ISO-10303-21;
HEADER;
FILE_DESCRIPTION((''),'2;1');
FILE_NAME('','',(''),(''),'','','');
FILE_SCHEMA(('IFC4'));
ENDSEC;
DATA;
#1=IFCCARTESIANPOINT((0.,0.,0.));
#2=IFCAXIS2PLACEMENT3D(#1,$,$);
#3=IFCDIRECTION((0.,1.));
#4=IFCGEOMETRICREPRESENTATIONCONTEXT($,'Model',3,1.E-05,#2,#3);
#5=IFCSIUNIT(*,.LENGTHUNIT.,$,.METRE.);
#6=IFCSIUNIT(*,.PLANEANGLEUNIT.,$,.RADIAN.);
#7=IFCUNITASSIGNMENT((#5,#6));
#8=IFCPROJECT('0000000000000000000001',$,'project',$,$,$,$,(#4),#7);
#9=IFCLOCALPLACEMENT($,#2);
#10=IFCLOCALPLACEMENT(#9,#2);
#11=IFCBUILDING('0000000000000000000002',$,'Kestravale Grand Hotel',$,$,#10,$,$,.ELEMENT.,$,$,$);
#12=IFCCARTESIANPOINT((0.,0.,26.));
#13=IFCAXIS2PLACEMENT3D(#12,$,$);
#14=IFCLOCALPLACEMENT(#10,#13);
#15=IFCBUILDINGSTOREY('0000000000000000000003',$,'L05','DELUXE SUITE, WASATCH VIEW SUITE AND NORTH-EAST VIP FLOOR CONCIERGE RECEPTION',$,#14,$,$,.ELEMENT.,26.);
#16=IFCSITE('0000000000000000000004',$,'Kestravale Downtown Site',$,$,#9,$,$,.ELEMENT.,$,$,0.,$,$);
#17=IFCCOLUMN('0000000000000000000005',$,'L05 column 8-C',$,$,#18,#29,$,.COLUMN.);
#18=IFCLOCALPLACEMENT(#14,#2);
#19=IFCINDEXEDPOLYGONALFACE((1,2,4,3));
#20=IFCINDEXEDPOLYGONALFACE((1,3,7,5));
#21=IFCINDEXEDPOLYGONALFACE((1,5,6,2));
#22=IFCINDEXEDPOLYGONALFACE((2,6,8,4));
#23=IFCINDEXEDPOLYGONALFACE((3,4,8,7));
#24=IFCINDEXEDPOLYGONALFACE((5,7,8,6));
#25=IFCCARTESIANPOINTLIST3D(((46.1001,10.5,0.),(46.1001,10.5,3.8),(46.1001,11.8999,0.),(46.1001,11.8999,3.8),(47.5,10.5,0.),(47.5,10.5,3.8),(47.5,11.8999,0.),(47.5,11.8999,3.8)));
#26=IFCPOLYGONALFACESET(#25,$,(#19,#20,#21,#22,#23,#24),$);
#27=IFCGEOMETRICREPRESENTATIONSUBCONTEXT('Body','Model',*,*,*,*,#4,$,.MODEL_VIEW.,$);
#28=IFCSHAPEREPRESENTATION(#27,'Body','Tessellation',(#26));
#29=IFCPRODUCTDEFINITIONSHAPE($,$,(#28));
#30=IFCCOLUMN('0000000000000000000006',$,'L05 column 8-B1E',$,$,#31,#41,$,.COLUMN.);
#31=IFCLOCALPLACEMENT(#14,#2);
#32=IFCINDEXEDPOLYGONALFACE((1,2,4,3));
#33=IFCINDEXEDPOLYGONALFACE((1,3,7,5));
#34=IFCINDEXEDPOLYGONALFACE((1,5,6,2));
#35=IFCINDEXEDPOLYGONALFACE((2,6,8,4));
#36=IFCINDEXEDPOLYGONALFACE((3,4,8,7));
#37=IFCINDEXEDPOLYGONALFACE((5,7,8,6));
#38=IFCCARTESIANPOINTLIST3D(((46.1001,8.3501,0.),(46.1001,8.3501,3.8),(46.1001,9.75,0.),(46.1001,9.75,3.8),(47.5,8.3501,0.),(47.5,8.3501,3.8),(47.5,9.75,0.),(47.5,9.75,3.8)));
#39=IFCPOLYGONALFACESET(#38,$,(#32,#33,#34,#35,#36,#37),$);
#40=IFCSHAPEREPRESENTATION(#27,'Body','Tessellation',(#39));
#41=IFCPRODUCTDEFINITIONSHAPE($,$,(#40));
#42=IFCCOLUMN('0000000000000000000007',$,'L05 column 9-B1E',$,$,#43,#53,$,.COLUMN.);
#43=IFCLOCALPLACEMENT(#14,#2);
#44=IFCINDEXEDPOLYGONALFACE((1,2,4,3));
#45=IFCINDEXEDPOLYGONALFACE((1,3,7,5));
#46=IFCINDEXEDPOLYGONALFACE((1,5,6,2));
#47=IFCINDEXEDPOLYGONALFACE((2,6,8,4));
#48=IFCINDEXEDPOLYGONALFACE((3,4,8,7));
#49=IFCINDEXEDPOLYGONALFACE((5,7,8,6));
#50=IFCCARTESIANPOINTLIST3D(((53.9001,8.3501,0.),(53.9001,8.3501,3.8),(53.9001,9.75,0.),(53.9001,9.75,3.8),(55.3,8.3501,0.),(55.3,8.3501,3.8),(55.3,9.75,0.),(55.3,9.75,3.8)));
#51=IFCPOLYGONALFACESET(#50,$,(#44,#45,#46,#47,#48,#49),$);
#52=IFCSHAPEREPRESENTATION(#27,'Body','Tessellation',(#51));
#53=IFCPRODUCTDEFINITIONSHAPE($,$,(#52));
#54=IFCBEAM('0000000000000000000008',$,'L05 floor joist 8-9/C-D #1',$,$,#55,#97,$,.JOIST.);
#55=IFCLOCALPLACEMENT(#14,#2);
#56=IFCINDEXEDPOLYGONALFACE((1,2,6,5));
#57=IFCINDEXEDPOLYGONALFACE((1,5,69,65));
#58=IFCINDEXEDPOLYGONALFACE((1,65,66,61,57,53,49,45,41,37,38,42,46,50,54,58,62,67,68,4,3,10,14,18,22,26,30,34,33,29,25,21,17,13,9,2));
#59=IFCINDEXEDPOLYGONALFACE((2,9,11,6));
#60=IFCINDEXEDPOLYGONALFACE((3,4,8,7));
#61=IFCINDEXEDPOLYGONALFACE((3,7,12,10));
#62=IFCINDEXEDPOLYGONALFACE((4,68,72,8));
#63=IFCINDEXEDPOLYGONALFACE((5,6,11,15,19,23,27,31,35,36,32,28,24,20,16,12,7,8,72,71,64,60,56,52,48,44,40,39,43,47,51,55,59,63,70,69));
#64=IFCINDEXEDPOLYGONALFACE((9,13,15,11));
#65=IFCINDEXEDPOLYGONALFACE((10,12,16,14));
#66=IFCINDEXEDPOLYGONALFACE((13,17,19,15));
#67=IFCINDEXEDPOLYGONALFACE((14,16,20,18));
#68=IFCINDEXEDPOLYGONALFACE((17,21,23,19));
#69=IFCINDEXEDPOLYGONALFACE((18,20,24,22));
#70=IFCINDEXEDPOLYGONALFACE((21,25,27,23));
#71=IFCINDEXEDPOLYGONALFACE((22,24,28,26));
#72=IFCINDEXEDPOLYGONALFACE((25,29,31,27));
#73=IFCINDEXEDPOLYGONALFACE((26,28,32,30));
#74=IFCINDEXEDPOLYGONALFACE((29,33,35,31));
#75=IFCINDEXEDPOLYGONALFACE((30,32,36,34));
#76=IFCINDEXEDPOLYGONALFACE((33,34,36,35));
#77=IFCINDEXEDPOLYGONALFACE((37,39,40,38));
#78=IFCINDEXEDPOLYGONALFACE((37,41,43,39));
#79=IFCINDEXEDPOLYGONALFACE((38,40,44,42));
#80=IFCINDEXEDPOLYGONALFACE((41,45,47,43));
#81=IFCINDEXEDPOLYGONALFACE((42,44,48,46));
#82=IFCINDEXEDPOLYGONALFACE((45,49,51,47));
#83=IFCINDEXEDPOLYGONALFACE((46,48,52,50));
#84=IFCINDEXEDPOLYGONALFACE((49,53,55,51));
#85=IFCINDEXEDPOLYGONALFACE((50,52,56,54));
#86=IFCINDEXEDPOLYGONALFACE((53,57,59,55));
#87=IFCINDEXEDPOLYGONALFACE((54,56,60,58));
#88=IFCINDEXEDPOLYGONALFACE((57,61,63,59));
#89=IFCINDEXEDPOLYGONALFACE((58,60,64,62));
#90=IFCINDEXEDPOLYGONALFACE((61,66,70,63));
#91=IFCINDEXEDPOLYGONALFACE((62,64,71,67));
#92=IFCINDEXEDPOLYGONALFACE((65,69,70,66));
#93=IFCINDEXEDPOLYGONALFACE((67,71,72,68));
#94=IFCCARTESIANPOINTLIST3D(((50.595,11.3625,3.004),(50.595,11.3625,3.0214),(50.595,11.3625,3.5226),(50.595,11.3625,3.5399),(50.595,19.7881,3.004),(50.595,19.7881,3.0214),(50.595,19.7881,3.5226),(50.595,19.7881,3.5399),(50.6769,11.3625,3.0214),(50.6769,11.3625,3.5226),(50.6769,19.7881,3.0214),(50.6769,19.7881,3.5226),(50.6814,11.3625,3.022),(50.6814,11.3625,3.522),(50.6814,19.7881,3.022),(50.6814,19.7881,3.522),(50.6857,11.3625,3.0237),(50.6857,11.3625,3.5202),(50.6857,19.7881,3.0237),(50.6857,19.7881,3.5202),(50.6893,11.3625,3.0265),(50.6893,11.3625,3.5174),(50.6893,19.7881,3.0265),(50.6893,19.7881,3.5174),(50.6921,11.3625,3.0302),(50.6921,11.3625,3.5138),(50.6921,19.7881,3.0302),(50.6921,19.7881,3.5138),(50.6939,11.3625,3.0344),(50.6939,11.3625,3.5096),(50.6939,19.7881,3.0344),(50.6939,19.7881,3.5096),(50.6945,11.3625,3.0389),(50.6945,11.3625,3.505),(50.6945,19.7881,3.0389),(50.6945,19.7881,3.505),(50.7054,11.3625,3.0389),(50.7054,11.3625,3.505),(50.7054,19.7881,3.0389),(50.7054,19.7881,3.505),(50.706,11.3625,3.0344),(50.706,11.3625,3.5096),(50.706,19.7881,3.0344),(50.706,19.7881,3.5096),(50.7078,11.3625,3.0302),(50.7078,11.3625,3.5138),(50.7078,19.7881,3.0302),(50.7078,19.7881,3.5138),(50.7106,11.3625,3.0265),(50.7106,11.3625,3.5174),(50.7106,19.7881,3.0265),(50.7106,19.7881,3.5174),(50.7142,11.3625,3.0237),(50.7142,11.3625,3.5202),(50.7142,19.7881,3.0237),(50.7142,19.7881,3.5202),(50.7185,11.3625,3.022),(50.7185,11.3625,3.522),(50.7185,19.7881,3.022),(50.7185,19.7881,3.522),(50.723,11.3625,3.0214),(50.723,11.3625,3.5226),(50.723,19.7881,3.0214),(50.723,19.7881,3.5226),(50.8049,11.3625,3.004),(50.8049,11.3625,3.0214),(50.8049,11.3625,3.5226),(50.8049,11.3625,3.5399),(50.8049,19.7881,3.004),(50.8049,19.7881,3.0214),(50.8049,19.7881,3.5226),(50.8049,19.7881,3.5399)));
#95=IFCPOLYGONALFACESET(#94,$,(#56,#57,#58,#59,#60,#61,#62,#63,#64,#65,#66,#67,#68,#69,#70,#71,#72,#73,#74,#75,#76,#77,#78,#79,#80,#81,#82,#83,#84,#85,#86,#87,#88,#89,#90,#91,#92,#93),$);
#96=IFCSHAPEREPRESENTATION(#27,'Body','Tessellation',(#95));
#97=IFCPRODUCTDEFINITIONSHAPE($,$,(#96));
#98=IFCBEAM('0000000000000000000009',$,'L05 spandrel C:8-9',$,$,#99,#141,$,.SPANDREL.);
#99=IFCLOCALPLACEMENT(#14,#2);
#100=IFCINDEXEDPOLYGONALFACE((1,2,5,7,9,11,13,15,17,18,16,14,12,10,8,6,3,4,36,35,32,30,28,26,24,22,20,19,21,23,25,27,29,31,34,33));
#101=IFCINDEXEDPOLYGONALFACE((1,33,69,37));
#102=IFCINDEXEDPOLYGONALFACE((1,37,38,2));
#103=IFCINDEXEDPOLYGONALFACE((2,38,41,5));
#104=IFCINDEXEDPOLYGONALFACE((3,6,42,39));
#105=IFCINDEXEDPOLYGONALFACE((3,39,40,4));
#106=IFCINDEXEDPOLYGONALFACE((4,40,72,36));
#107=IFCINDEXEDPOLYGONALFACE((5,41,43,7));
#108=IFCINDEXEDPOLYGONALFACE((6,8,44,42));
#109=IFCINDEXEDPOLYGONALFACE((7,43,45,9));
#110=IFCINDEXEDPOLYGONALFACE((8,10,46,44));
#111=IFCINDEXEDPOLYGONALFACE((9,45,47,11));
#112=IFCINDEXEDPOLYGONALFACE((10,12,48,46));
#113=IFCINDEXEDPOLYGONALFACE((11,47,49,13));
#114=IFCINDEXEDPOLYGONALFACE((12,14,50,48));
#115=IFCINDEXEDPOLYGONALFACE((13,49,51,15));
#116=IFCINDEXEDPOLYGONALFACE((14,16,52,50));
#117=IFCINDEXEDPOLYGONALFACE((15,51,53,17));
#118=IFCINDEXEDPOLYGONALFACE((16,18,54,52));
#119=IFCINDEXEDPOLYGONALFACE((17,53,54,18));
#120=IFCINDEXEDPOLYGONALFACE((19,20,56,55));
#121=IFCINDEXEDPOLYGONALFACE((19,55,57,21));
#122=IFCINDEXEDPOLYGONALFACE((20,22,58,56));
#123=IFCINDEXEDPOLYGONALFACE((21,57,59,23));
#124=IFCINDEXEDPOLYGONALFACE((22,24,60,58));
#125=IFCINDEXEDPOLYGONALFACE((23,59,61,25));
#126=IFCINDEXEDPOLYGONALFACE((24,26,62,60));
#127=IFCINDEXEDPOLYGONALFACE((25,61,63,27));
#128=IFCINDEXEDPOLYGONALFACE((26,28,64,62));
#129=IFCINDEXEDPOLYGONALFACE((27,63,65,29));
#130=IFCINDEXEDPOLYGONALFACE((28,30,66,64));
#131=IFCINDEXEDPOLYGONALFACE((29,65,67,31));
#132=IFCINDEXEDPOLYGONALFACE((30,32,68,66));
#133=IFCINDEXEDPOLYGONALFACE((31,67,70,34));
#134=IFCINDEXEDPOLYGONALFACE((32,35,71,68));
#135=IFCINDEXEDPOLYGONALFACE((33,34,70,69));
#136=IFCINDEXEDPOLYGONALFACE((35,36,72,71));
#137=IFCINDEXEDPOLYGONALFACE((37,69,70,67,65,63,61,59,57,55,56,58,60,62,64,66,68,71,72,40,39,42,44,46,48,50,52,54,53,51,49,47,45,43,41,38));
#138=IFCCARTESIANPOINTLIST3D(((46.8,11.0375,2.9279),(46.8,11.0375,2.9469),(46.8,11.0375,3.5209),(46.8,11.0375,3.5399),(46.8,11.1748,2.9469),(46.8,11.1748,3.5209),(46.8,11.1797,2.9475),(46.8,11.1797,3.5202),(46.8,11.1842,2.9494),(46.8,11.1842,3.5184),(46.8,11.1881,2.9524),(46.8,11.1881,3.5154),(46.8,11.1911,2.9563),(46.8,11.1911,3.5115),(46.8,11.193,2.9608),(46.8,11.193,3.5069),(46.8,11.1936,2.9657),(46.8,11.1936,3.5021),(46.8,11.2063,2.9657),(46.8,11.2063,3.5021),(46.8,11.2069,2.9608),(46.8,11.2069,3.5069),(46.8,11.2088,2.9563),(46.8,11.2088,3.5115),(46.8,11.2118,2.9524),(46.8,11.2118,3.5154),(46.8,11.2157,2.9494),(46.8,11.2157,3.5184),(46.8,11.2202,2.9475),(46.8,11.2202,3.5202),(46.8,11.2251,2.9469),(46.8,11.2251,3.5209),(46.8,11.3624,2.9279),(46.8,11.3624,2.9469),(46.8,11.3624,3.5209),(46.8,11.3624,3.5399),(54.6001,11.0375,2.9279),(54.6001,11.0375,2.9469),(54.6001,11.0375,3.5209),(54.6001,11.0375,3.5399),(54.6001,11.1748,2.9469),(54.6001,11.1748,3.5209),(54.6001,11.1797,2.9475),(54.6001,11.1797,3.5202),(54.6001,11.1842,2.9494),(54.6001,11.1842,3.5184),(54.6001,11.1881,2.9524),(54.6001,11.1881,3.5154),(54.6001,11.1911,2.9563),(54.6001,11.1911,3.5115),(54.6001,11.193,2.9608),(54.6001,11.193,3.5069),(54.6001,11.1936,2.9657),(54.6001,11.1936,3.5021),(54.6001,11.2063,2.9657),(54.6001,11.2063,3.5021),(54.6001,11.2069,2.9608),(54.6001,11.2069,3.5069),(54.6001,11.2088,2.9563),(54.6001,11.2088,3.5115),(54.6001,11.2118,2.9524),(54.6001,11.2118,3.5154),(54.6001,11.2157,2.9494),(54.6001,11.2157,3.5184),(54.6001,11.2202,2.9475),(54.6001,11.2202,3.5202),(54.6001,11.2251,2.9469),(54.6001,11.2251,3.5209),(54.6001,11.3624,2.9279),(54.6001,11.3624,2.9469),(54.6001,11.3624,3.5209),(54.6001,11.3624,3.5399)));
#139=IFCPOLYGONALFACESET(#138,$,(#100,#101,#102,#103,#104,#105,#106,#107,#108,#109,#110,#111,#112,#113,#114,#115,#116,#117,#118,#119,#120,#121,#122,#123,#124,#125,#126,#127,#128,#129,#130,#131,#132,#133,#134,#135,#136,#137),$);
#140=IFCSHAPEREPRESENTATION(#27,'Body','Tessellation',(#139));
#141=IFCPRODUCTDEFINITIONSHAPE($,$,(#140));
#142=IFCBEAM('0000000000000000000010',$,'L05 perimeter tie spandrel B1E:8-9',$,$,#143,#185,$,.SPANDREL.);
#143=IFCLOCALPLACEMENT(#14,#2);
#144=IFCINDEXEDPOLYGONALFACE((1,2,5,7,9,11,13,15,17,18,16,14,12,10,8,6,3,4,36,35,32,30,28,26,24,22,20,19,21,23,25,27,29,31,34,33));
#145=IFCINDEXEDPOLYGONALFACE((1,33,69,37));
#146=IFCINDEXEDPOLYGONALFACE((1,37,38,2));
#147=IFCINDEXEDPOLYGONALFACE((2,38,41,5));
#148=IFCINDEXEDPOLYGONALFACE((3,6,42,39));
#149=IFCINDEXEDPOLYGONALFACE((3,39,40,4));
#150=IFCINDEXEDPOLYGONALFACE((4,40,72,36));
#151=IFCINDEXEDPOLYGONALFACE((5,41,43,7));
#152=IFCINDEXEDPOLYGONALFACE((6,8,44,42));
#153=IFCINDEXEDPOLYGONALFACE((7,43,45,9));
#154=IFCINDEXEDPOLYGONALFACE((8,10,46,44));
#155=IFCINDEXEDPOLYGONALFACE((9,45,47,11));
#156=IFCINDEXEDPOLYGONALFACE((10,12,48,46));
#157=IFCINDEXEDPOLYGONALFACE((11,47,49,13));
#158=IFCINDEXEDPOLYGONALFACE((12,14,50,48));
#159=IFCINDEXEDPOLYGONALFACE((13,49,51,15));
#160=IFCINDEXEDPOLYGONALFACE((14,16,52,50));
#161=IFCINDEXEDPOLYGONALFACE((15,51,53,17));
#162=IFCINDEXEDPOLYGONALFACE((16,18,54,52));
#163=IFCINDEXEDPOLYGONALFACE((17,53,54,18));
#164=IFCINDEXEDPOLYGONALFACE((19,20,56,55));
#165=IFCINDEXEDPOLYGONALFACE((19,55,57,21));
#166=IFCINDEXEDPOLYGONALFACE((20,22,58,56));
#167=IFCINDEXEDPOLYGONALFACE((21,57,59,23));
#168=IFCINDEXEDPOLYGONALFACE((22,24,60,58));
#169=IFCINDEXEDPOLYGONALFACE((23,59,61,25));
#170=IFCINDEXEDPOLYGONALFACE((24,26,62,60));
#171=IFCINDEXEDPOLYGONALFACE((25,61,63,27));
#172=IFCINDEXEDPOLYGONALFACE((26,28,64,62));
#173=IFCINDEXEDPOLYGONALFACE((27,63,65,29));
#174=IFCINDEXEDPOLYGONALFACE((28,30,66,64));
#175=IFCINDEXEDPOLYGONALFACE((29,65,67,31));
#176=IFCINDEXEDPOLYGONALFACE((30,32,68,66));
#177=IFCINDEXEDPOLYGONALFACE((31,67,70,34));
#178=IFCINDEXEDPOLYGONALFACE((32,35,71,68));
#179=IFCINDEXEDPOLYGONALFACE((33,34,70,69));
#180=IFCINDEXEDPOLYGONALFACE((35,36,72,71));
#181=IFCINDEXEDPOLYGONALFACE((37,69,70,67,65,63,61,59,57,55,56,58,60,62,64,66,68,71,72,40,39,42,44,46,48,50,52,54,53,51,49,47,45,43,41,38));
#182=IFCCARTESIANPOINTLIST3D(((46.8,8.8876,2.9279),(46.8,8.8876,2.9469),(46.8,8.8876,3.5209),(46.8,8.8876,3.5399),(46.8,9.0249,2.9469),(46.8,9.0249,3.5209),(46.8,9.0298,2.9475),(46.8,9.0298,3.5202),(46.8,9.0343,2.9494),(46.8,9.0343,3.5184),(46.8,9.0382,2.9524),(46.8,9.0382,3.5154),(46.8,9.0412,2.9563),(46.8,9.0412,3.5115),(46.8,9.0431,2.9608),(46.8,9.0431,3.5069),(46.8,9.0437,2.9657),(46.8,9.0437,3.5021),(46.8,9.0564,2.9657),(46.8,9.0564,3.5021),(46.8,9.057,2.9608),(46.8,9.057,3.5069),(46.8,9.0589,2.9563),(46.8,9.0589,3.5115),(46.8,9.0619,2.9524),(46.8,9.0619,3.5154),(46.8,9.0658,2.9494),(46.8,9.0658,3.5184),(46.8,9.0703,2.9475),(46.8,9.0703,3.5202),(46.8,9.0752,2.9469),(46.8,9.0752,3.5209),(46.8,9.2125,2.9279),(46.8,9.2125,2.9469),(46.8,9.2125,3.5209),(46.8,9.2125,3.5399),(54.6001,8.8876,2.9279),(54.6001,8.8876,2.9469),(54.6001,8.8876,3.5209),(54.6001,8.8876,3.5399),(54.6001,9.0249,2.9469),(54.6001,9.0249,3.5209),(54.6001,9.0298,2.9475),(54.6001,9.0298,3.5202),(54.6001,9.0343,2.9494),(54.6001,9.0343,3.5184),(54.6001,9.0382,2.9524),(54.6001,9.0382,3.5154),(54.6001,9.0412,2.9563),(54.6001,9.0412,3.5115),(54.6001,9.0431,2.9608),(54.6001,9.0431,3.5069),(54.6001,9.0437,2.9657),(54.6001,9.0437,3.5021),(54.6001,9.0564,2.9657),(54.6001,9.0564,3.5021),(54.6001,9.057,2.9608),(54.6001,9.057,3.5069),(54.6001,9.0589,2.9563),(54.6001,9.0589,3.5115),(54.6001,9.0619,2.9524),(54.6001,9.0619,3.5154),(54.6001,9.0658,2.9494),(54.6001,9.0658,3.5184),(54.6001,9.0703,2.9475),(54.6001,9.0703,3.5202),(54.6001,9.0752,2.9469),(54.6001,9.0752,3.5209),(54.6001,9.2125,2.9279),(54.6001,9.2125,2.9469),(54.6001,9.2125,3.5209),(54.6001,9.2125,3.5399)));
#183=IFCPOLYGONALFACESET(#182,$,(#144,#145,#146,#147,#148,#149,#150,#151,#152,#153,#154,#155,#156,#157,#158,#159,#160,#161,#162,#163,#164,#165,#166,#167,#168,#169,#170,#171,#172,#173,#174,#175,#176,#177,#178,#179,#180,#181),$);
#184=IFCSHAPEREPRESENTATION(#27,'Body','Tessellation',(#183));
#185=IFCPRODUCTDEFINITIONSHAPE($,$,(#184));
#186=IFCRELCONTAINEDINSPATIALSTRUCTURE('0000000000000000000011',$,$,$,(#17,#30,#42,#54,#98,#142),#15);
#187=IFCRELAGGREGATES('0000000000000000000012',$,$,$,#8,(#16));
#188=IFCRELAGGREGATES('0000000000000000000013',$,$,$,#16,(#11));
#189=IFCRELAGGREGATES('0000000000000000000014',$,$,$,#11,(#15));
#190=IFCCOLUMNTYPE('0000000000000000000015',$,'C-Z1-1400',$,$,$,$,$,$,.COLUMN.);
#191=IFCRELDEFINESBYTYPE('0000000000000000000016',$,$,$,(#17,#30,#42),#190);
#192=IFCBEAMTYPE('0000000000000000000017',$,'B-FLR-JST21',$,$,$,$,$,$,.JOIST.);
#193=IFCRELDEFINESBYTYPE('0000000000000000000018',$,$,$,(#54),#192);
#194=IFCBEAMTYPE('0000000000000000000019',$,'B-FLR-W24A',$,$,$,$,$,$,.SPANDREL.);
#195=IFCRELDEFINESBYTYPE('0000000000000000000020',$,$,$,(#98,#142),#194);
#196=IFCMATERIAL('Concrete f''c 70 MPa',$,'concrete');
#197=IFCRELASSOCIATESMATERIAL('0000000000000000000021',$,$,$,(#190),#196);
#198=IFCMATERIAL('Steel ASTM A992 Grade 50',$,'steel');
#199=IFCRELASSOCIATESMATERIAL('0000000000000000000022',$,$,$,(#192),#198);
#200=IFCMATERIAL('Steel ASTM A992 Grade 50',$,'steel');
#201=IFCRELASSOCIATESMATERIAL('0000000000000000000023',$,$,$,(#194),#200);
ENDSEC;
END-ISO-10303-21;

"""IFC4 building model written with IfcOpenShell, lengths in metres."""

from ifc_helpers import new_model, si_unit, direction, frame, origin, origin_2d, place, context, subcontext, project, spatial, rectangle, i_section, extrude, material, material_profile, profile_set, type_object, element, save


model = new_model("IFC4")

# Units and contexts
model_context = context("Model", 3, precision=1e-05, world=origin(), true_north=direction((0.0, 1.0)))
body_context = subcontext(model_context, "Body", "Model", "MODEL_VIEW")
ifc_project = project(units=[si_unit("LENGTHUNIT", "METRE"), si_unit("PLANEANGLEUNIT", "RADIAN")], contexts=[model_context])

# Site, building, storey
site_placement = place(None, origin())
site = spatial("IfcSite", under=ifc_project, at=site_placement, Name="Kestravale Downtown Site", CompositionType="ELEMENT", RefElevation=0.0)
building_placement = place(site_placement, origin())
building = spatial("IfcBuilding", under=site, at=building_placement, Name="Kestravale Grand Hotel", CompositionType="ELEMENT")
storey_placement = place(building_placement, frame((0.0, 0.0, 26.0)))
storey = spatial("IfcBuildingStorey", under=building, at=storey_placement, Name="L05", Description="DELUXE SUITE, WASATCH VIEW SUITE AND NORTH-EAST VIP FLOOR CONCIERGE RECEPTION", CompositionType="ELEMENT", Elevation=26.0)

# Columns
ifc_material_1 = material(Name="Concrete f'c 70 MPa", Category="concrete")
ifc_material_profile_1 = material_profile(ifc_material_1, rectangle(XDim=1.3999, YDim=1.3999, at=origin_2d()))
ifc_profile_set_1 = profile_set([ifc_material_profile_1], Name="Concrete f'c 70 MPa")
column_type = type_object("IfcColumnType", Name="C-Z1-1400", PredefinedType="COLUMN", material=ifc_profile_set_1)
for number, where, z_axis, x_axis, name in (
    (1, (46.8, 11.2, 0.0), (0.0, 0.0, 1.0), (1.0, 0.0, 0.0), "L05 column 8-C"),
    (2, (46.8, 9.05, 0.0), (0.0, 0.0, 1.0), (1.0, 0.0, 0.0), "L05 column 8-B1E"),
    (3, (54.6001, 9.05, 0.0), (0.0, 0.0, 1.0), (1.0, 0.0, 0.0), "L05 column 9-B1E"),
):
    element("IfcColumn", number, at=place(storey_placement, frame(where, z_axis=z_axis, x_axis=x_axis)), inside=storey, type_object=column_type, Name=name, PredefinedType="COLUMN", context=body_context, shape_type="SweptSolid", body=[
        extrude(rectangle(XDim=1.3999, YDim=1.3999, at=origin_2d()), origin(), (0.0, 0.0, 1.0), 3.8),
    ])

# Beams
ifc_material_2 = material(Name="Steel ASTM A992 Grade 50", Category="steel")
ifc_material_profile_2 = material_profile(ifc_material_2, i_section(OverallWidth=0.21, OverallDepth=0.5359, WebThickness=0.011, FlangeThickness=0.0173, FilletRadius=0.0176, at=origin_2d()))
ifc_profile_set_2 = profile_set([ifc_material_profile_2], Name="Steel ASTM A992 Grade 50")
beam_type_1 = type_object("IfcBeamType", Name="B-FLR-JST21", PredefinedType="JOIST", material=ifc_profile_set_2)
beam_1_placement = place(storey_placement, frame((50.7, 11.3625, 3.272), z_axis=(0.0, 1.0, 0.0), x_axis=(-1.0, 0.0, 0.0)))
element("IfcBeam", 4, at=beam_1_placement, inside=storey, type_object=beam_type_1, Name="L05 floor joist 8-9/C-D #1", PredefinedType="JOIST", context=body_context, shape_type="SweptSolid", body=[
    extrude(i_section(OverallWidth=0.21, OverallDepth=0.5359, WebThickness=0.011, FlangeThickness=0.0173, FilletRadius=0.0176, at=origin_2d()), origin(), (0.0, 0.0, 1.0), 8.4255),
])
ifc_material_3 = material(Name="Steel ASTM A992 Grade 50", Category="steel")
ifc_material_profile_3 = material_profile(ifc_material_3, i_section(OverallWidth=0.325, OverallDepth=0.6121, WebThickness=0.0127, FlangeThickness=0.019, FilletRadius=0.0188, at=origin_2d()))
ifc_profile_set_3 = profile_set([ifc_material_profile_3], Name="Steel ASTM A992 Grade 50")
beam_type_2 = type_object("IfcBeamType", Name="B-FLR-W24A", PredefinedType="SPANDREL", material=ifc_profile_set_3)
for number, where, z_axis, x_axis, name in (
    (5, (46.8, 11.2, 3.2339), (1.0, 0.0, 0.0), (0.0, 1.0, 0.0), "L05 spandrel C:8-9"),
    (6, (46.8, 9.05, 3.2339), (1.0, 0.0, 0.0), (0.0, 1.0, 0.0), "L05 perimeter tie spandrel B1E:8-9"),
):
    element("IfcBeam", number, at=place(storey_placement, frame(where, z_axis=z_axis, x_axis=x_axis)), inside=storey, type_object=beam_type_2, Name=name, PredefinedType="SPANDREL", context=body_context, shape_type="SweptSolid", body=[
        extrude(i_section(OverallWidth=0.325, OverallDepth=0.6121, WebThickness=0.0127, FlangeThickness=0.019, FilletRadius=0.0188, at=origin_2d()), origin(), (0.0, 0.0, 1.0), 7.8),
    ])

save(model, "model.ifc")
